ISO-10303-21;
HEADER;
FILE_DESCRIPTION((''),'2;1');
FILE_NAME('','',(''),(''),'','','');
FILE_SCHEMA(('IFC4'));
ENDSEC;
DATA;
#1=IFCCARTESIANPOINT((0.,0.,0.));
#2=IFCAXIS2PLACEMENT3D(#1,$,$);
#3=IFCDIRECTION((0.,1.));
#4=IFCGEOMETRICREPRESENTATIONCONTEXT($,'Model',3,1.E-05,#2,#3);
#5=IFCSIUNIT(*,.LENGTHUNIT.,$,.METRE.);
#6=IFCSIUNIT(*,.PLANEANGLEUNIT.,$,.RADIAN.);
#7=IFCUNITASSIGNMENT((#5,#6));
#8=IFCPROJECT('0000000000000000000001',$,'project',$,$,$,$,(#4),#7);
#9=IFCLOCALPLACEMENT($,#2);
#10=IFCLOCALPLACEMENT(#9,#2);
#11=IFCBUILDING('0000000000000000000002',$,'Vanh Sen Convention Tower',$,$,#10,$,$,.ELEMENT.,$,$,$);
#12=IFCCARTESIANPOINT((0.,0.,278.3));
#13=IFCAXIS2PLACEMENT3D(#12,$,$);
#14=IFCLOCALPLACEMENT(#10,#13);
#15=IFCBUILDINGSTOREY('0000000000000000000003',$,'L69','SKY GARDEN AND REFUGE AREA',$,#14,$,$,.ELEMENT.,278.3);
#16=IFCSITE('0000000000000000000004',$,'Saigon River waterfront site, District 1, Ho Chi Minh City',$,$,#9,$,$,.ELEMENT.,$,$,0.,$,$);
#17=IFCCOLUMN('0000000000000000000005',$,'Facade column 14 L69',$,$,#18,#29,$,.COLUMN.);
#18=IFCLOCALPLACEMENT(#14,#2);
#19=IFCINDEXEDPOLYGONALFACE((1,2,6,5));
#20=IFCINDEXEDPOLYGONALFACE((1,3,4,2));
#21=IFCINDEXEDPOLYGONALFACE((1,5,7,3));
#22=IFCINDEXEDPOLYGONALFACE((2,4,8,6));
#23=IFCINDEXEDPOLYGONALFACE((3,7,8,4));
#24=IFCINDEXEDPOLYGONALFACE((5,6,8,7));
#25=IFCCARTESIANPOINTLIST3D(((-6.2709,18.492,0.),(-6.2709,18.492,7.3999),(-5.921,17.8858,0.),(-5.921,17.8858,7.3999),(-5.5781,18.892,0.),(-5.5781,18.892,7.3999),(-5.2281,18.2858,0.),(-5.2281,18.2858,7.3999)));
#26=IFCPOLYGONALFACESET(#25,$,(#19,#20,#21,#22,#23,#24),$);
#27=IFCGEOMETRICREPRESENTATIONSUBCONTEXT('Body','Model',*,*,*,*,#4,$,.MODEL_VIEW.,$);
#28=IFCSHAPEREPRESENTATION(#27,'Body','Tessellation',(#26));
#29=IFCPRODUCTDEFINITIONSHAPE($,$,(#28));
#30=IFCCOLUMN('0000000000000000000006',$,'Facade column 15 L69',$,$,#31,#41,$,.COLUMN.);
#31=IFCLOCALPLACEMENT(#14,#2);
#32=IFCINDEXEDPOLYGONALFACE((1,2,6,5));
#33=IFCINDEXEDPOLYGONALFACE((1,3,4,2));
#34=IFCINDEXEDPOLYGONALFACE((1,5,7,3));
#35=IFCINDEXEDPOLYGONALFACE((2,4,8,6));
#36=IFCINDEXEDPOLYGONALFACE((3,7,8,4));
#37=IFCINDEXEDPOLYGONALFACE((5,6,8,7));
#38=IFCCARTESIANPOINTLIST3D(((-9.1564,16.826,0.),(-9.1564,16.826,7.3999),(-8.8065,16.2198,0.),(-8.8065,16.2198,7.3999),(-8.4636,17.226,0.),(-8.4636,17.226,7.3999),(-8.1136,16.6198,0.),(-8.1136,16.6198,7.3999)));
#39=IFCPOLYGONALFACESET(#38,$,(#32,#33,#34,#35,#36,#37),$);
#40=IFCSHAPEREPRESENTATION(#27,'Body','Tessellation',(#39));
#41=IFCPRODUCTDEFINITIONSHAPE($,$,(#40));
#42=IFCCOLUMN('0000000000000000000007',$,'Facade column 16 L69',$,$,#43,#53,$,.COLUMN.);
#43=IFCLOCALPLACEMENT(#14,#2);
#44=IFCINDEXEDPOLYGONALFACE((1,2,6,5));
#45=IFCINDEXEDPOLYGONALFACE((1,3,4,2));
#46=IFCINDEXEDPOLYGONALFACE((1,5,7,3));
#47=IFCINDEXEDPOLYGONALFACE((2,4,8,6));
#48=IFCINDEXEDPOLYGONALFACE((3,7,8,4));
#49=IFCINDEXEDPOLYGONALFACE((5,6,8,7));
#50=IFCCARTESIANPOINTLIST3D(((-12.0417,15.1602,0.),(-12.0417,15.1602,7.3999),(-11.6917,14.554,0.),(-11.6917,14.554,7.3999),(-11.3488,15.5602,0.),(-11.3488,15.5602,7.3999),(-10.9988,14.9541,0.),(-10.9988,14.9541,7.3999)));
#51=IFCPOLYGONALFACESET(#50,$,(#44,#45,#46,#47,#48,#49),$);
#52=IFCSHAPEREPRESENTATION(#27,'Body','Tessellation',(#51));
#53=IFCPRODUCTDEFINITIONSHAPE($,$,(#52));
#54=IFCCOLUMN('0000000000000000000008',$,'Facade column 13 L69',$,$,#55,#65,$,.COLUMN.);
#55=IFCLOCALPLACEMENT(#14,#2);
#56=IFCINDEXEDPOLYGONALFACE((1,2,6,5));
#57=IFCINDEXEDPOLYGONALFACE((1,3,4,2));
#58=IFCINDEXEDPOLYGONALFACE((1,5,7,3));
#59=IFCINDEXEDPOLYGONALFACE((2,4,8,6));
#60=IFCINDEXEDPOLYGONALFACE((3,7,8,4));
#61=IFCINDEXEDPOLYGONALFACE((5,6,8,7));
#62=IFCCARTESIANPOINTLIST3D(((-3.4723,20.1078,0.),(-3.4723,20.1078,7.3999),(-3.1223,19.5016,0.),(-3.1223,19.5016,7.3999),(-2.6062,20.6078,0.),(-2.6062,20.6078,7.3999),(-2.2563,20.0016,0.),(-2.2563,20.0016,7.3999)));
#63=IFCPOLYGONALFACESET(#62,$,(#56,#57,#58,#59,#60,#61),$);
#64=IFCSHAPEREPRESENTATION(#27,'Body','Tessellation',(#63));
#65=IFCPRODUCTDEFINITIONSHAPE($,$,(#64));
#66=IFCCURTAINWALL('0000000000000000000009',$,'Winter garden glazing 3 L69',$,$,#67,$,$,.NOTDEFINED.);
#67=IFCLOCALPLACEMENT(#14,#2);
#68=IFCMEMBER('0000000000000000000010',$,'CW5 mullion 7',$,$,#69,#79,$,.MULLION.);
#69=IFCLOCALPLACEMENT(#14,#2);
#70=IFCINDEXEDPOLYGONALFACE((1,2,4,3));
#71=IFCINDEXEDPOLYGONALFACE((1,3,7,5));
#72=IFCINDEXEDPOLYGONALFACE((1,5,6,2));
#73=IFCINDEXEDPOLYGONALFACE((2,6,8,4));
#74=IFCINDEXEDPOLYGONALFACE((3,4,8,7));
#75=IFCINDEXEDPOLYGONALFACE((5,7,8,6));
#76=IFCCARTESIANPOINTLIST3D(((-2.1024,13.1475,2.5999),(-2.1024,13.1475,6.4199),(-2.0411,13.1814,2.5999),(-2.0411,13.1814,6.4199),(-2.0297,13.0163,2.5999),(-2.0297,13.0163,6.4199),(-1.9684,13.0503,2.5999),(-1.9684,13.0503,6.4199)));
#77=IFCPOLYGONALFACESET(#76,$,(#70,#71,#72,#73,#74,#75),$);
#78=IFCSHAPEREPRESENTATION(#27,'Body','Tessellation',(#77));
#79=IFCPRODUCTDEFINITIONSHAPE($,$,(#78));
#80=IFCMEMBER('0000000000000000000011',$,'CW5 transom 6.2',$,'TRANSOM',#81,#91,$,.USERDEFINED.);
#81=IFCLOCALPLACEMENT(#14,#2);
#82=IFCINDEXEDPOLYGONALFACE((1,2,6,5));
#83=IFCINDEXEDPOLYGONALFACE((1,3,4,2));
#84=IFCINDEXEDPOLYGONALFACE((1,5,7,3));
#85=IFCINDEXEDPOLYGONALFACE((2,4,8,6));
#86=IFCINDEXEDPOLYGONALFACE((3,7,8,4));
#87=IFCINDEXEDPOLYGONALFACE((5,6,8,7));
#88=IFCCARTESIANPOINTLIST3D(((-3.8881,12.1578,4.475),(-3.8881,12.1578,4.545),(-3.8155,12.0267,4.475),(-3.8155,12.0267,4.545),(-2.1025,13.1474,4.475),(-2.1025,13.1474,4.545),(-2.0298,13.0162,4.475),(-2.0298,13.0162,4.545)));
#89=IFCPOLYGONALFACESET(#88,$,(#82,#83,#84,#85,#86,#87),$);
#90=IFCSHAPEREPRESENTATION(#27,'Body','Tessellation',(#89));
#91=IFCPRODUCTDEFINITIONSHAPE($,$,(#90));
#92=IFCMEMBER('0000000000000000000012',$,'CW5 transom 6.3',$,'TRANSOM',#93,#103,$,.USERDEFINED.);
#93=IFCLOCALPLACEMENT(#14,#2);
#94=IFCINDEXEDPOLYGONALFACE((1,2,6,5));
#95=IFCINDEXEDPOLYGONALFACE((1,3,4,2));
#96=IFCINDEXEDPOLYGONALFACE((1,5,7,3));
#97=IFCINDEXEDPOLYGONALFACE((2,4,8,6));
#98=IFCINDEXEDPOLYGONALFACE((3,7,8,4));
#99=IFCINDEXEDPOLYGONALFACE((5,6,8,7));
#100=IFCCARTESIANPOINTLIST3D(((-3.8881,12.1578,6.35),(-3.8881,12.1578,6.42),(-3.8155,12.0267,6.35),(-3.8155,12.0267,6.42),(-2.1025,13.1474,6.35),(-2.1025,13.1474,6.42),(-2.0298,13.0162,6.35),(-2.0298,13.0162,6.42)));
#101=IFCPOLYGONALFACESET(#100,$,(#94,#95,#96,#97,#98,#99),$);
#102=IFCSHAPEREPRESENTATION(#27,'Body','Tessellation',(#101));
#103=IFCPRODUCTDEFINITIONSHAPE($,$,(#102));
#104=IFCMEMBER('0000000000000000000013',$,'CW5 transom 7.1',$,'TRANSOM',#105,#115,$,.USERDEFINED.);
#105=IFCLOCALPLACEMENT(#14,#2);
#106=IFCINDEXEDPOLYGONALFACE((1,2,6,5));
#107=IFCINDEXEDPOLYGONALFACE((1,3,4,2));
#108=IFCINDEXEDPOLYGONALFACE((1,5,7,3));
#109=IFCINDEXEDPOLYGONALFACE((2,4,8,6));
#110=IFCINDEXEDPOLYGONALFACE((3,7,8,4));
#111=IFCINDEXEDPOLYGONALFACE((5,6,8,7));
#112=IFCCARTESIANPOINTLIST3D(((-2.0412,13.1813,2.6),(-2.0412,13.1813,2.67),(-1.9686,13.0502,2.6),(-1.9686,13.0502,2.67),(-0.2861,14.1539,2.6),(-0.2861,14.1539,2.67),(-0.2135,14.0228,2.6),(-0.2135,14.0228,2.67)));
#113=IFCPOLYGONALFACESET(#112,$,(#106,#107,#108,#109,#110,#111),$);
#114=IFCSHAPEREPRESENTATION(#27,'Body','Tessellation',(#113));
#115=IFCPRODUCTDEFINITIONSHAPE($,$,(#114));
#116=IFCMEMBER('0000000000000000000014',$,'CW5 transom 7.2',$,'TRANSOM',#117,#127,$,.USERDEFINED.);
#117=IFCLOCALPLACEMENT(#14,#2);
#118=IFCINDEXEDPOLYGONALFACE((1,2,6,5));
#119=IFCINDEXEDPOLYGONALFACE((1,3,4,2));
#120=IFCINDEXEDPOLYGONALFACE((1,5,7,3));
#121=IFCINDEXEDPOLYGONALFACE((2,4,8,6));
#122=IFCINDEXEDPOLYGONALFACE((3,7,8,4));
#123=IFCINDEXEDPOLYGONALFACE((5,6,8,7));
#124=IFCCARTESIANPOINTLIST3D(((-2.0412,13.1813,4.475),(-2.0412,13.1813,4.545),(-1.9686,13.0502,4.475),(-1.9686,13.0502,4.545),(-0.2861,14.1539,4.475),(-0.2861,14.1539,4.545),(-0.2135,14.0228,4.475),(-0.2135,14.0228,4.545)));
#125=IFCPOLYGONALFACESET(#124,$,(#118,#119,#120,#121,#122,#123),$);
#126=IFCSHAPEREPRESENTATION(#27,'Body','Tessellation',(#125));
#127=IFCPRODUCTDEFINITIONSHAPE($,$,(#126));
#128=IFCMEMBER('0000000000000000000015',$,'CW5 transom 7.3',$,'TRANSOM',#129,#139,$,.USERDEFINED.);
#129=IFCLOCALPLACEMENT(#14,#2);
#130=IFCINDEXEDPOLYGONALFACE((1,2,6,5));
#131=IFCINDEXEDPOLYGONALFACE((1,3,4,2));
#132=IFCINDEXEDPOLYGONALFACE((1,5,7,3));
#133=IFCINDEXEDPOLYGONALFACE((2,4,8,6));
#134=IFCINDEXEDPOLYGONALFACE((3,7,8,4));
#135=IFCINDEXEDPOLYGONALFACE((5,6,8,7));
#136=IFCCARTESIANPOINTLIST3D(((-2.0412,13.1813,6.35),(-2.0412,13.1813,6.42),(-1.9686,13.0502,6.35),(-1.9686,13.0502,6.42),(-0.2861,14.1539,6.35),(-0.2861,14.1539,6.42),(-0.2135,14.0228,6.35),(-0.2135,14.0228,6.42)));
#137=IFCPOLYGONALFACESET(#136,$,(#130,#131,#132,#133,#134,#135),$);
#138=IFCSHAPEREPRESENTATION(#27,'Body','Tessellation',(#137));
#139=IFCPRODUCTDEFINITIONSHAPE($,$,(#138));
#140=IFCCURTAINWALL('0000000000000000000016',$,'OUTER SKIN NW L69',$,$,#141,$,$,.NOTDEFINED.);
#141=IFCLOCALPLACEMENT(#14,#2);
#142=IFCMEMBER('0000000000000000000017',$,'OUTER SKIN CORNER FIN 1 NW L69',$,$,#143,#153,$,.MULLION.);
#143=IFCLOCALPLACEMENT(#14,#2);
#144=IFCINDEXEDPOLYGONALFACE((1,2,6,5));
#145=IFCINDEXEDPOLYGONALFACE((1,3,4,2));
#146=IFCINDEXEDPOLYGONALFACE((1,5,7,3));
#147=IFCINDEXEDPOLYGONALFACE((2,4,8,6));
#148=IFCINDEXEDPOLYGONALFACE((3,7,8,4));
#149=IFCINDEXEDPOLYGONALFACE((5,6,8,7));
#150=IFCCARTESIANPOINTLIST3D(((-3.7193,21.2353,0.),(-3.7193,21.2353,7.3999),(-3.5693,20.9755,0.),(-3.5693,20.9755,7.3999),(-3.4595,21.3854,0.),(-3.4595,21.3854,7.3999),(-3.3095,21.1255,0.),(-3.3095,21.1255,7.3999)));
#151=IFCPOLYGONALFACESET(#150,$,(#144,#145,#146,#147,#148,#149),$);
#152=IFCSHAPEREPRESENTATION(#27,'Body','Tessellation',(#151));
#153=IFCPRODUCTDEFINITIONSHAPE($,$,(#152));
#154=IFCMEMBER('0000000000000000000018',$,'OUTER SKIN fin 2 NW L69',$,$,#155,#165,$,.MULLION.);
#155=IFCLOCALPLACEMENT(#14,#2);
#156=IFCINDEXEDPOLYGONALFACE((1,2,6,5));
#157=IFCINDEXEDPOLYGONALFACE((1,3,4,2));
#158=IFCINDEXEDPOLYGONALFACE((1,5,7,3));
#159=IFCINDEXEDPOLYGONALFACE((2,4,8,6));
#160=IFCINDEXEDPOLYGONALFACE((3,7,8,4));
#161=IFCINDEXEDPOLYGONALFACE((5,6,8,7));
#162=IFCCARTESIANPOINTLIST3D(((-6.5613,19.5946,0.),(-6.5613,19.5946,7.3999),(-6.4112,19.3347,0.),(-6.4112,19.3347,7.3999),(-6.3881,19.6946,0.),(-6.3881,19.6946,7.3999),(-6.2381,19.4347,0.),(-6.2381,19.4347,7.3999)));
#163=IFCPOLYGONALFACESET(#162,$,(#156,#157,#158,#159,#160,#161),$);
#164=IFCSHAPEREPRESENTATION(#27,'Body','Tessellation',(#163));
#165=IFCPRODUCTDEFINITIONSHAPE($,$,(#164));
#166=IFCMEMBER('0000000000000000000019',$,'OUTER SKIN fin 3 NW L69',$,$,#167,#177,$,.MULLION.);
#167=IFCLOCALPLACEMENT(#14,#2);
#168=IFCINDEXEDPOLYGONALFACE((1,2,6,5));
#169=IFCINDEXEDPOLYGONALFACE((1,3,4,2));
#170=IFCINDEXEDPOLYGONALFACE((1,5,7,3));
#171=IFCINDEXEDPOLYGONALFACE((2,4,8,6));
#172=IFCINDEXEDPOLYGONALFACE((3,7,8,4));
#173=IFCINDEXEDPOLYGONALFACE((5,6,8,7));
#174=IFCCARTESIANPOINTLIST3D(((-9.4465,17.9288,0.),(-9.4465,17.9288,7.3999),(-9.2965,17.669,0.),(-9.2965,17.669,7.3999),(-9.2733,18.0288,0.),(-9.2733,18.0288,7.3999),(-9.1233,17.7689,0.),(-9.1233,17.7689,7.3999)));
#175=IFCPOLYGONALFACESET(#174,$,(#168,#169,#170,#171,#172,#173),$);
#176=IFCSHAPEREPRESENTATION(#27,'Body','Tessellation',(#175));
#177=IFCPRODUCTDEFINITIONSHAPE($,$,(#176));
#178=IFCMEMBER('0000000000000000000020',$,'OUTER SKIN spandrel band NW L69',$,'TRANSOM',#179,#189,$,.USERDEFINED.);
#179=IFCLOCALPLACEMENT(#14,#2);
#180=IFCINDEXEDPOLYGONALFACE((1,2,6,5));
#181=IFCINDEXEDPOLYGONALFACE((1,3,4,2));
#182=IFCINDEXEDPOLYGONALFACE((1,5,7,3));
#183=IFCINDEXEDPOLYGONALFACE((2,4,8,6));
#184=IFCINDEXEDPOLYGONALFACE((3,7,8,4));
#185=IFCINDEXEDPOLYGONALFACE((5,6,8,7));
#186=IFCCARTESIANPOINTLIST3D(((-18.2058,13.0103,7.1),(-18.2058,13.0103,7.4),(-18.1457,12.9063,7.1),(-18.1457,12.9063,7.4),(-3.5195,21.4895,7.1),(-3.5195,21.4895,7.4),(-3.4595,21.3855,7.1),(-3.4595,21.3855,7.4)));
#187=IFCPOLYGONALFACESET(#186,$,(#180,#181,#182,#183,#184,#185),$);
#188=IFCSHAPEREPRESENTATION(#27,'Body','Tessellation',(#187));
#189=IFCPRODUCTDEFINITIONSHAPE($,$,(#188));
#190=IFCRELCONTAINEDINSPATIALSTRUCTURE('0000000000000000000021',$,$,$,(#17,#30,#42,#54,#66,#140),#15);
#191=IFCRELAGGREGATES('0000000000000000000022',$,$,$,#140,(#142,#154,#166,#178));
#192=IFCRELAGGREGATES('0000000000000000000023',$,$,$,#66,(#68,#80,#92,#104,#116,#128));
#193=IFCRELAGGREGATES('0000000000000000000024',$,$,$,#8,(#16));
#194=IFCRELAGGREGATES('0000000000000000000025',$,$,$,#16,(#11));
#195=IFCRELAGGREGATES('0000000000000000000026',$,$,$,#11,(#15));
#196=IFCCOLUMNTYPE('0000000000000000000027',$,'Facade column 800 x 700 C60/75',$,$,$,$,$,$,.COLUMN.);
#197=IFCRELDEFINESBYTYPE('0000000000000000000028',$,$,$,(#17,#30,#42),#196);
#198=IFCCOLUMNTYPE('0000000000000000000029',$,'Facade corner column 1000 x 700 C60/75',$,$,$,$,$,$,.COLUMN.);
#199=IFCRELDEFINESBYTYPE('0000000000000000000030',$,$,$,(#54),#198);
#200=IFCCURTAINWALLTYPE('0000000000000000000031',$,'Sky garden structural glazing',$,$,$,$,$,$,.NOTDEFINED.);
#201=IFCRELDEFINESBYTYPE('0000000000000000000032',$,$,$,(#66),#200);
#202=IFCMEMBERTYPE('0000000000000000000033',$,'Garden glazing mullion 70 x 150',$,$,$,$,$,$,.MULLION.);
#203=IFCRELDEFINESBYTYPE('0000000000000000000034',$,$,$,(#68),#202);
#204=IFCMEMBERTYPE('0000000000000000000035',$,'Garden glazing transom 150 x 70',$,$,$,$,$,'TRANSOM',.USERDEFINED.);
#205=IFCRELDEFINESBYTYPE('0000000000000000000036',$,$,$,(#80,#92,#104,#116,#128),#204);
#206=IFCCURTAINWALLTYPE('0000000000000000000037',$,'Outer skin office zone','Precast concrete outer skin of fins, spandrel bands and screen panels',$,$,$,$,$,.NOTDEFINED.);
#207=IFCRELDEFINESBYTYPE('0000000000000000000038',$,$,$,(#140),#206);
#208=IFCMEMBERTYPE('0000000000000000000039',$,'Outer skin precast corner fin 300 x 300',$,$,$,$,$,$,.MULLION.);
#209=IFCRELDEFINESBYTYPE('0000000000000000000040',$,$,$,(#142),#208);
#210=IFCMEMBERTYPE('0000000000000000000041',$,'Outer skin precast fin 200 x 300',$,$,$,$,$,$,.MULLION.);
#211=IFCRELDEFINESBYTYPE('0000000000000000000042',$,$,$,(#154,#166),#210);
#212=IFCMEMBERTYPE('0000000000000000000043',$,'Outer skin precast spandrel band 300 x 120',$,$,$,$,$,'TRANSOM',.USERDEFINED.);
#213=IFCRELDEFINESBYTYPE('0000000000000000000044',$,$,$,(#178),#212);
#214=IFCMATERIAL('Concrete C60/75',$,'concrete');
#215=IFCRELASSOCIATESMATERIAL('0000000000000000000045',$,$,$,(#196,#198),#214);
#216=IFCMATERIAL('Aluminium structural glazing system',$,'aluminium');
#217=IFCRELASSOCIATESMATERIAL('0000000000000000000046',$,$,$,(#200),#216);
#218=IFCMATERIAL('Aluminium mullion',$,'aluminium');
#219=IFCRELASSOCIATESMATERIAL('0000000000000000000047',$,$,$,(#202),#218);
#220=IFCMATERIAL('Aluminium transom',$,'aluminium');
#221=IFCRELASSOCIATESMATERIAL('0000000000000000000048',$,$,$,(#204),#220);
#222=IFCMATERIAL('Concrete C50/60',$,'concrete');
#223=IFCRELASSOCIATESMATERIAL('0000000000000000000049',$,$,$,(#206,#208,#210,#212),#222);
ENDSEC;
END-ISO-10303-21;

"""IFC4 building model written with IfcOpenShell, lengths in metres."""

from ifc_helpers import new_model, si_unit, direction, frame, origin, origin_2d, place, context, subcontext, project, spatial, rectangle, extrude, material, material_profile, profile_set, type_object, element, aggregate, save


model = new_model("IFC4")

# Units and contexts
model_context = context("Model", 3, precision=1e-05, world=origin(), true_north=direction((0.0, 1.0)))
body_context = subcontext(model_context, "Body", "Model", "MODEL_VIEW")
ifc_project = project(units=[si_unit("LENGTHUNIT", "METRE"), si_unit("PLANEANGLEUNIT", "RADIAN")], contexts=[model_context])

# Site, building, storey
site_placement = place(None, origin())
site = spatial("IfcSite", under=ifc_project, at=site_placement, Name="Saigon River waterfront site, District 1, Ho Chi Minh City", CompositionType="ELEMENT", RefElevation=0.0)
building_placement = place(site_placement, origin())
building = spatial("IfcBuilding", under=site, at=building_placement, Name="Vanh Sen Convention Tower", CompositionType="ELEMENT")
storey_placement = place(building_placement, frame((0.0, 0.0, 278.3)))
storey = spatial("IfcBuildingStorey", under=building, at=storey_placement, Name="L69", Description="SKY GARDEN AND REFUGE AREA", CompositionType="ELEMENT", Elevation=278.3)

# Columns
ifc_material_1 = material(Name="Concrete C60/75", Category="concrete")
ifc_material_profile_1 = material_profile(ifc_material_1, rectangle(XDim=0.8, YDim=0.7, at=origin_2d()), Name="RC 800X700")
ifc_profile_set_1 = profile_set([ifc_material_profile_1], Name="Concrete C60/75")
column_type_1 = type_object("IfcColumnType", Name="Facade column 800 x 700 C60/75", PredefinedType="COLUMN", material=ifc_profile_set_1)
for number, where, z_axis, x_axis, name in (
    (1, (-5.7495, 18.3889, 0.0), (0.0, 0.0, 1.0), (-0.866025, -0.5, 0.0), "Facade column 14 L69"),
    (2, (-8.635, 16.7229, 0.0), (0.0, 0.0, 1.0), (-0.866025, -0.5, 0.0), "Facade column 15 L69"),
    (3, (-11.5203, 15.0571, 0.0), (0.0, 0.0, 1.0), (-0.866025, -0.5, 0.0), "Facade column 16 L69"),
):
    element("IfcColumn", number, at=place(storey_placement, frame(where, z_axis=z_axis, x_axis=x_axis)), inside=storey, type_object=column_type_1, Name=name, PredefinedType="COLUMN", context=body_context, shape_type="SweptSolid", body=[
        extrude(rectangle(XDim=0.8, YDim=0.7, at=origin_2d()), origin(), (0.0, 0.0, 1.0), 7.3999),
    ])
ifc_material_profile_2 = material_profile(ifc_material_1, rectangle(XDim=1.0, YDim=0.7, at=origin_2d()), Name="RC 1000X700")
ifc_profile_set_2 = profile_set([ifc_material_profile_2], Name="Concrete C60/75")
column_type_2 = type_object("IfcColumnType", Name="Facade corner column 1000 x 700 C60/75", PredefinedType="COLUMN", material=ifc_profile_set_2)
column_placement = place(storey_placement, frame((-2.8643, 20.0547, 0.0), z_axis=(0.0, 0.0, 1.0), x_axis=(-0.866025, -0.5, 0.0)))
element("IfcColumn", 4, at=column_placement, inside=storey, type_object=column_type_2, Name="Facade column 13 L69", PredefinedType="COLUMN", context=body_context, shape_type="SweptSolid", body=[
    extrude(rectangle(XDim=1.0, YDim=0.7, at=origin_2d()), origin(), (0.0, 0.0, 1.0), 7.3999),
])

# Curtain walls, members
ifc_material_2 = material(Name="Aluminium structural glazing system", Category="aluminium")
curtain_wall_type_1 = type_object("IfcCurtainWallType", Name="Sky garden structural glazing", PredefinedType="NOTDEFINED", material=ifc_material_2)
curtain_wall_1_placement = place(storey_placement, origin())
curtain_wall_1 = element("IfcCurtainWall", 5, at=curtain_wall_1_placement, inside=storey, type_object=curtain_wall_type_1, Name="Winter garden glazing 3 L69", PredefinedType="NOTDEFINED")
ifc_material_3 = material(Name="Aluminium mullion", Category="aluminium")
ifc_material_profile_3 = material_profile(ifc_material_3, rectangle(XDim=0.1499, YDim=0.0701, at=origin_2d()), Name="Garden glazing mullion 70 x 150")
ifc_profile_set_3 = profile_set([ifc_material_profile_3], Name="Aluminium mullion")
member_type_1 = type_object("IfcMemberType", Name="Garden glazing mullion 70 x 150", PredefinedType="MULLION", material=ifc_profile_set_3)
member_1_placement = place(storey_placement, frame((-2.0354, 13.0989, 2.5999), z_axis=(0.0, 0.0, 1.0), x_axis=(-0.484739, 0.874659, 0.0)))
member_1 = element("IfcMember", 6, at=member_1_placement, type_object=member_type_1, Name="CW5 mullion 7", PredefinedType="MULLION", context=body_context, shape_type="SweptSolid", body=[
    extrude(rectangle(XDim=0.1499, YDim=0.0701, at=origin_2d()), origin(), (0.0, 0.0, 1.0), 3.8201),
])
ifc_material_4 = material(Name="Aluminium transom", Category="aluminium")
ifc_material_profile_4 = material_profile(ifc_material_4, rectangle(XDim=0.1499, YDim=0.0701, at=origin_2d()), Name="Garden glazing transom 150 x 70")
ifc_profile_set_4 = profile_set([ifc_material_profile_4], Name="Aluminium transom")
member_type_2 = type_object("IfcMemberType", Name="Garden glazing transom 150 x 70", ElementType="TRANSOM", PredefinedType="USERDEFINED", material=ifc_profile_set_4)
member_2_placement = place(storey_placement, frame((-3.8518, 12.0923, 4.51), z_axis=(0.874681, 0.484698, 0.0), x_axis=(-0.484698, 0.874681, 0.0)))
member_2 = element("IfcMember", 7, at=member_2_placement, type_object=member_type_2, Name="CW5 transom 6.2", ObjectType="TRANSOM", PredefinedType="USERDEFINED", context=body_context, shape_type="SweptSolid", body=[
    extrude(rectangle(XDim=0.1499, YDim=0.0701, at=origin_2d()), origin(), (0.0, 0.0, 1.0), 2.0415),
])
member_3_placement = place(storey_placement, frame((-3.8518, 12.0923, 6.385), z_axis=(0.874681, 0.484698, 0.0), x_axis=(-0.484698, 0.874681, 0.0)))
member_3 = element("IfcMember", 8, at=member_3_placement, type_object=member_type_2, Name="CW5 transom 6.3", ObjectType="TRANSOM", PredefinedType="USERDEFINED", context=body_context, shape_type="SweptSolid", body=[
    extrude(rectangle(XDim=0.1499, YDim=0.0701, at=origin_2d()), origin(), (0.0, 0.0, 1.0), 2.0415),
])
member_4_placement = place(storey_placement, frame((-2.0049, 13.1157, 2.635), z_axis=(0.874668, 0.484723, 0.0), x_axis=(-0.484723, 0.874668, 0.0)))
member_4 = element("IfcMember", 9, at=member_4_placement, type_object=member_type_2, Name="CW5 transom 7.1", ObjectType="TRANSOM", PredefinedType="USERDEFINED", context=body_context, shape_type="SweptSolid", body=[
    extrude(rectangle(XDim=0.1499, YDim=0.0701, at=origin_2d()), origin(), (0.0, 0.0, 1.0), 2.0066),
])
member_5_placement = place(storey_placement, frame((-2.0049, 13.1157, 4.51), z_axis=(0.874668, 0.484723, 0.0), x_axis=(-0.484723, 0.874668, 0.0)))
member_5 = element("IfcMember", 10, at=member_5_placement, type_object=member_type_2, Name="CW5 transom 7.2", ObjectType="TRANSOM", PredefinedType="USERDEFINED", context=body_context, shape_type="SweptSolid", body=[
    extrude(rectangle(XDim=0.1499, YDim=0.0701, at=origin_2d()), origin(), (0.0, 0.0, 1.0), 2.0066),
])
member_6_placement = place(storey_placement, frame((-2.0049, 13.1157, 6.385), z_axis=(0.874668, 0.484723, 0.0), x_axis=(-0.484723, 0.874668, 0.0)))
member_6 = element("IfcMember", 11, at=member_6_placement, type_object=member_type_2, Name="CW5 transom 7.3", ObjectType="TRANSOM", PredefinedType="USERDEFINED", context=body_context, shape_type="SweptSolid", body=[
    extrude(rectangle(XDim=0.1499, YDim=0.0701, at=origin_2d()), origin(), (0.0, 0.0, 1.0), 2.0066),
])
ifc_material_5 = material(Name="Concrete C50/60", Category="concrete")
curtain_wall_type_2 = type_object("IfcCurtainWallType", Name="Outer skin office zone", Description="Precast concrete outer skin of fins, spandrel bands and screen panels", PredefinedType="NOTDEFINED", material=ifc_material_5)
curtain_wall_2_placement = place(storey_placement, origin())
curtain_wall_2 = element("IfcCurtainWall", 12, at=curtain_wall_2_placement, inside=storey, type_object=curtain_wall_type_2, Name="OUTER SKIN NW L69", PredefinedType="NOTDEFINED")
ifc_material_profile_5 = material_profile(ifc_material_5, rectangle(XDim=0.3, YDim=0.3, at=origin_2d()), Name="Outer skin precast corner fin 300 x 300")
ifc_profile_set_5 = profile_set([ifc_material_profile_5], Name="Concrete C50/60")
member_type_3 = type_object("IfcMemberType", Name="Outer skin precast corner fin 300 x 300", PredefinedType="MULLION", material=ifc_profile_set_5)
member_7_placement = place(storey_placement, frame((-3.5144, 21.1804, 0.0), z_axis=(0.0, 0.0, 1.0), x_axis=(-0.866025, -0.5, 0.0)))
member_7 = element("IfcMember", 13, at=member_7_placement, type_object=member_type_3, Name="OUTER SKIN CORNER FIN 1 NW L69", PredefinedType="MULLION", context=body_context, shape_type="SweptSolid", body=[
    extrude(rectangle(XDim=0.3, YDim=0.3, at=origin_2d()), origin(), (0.0, 0.0, 1.0), 7.3999),
])
ifc_material_profile_6 = material_profile(ifc_material_5, rectangle(XDim=0.2, YDim=0.3, at=origin_2d()), Name="Outer skin precast fin 200 x 300")
ifc_profile_set_6 = profile_set([ifc_material_profile_6], Name="Concrete C50/60")
member_type_4 = type_object("IfcMemberType", Name="Outer skin precast fin 200 x 300", PredefinedType="MULLION", material=ifc_profile_set_6)
member_8_placement = place(storey_placement, frame((-6.3997, 19.5146, 0.0), z_axis=(0.0, 0.0, 1.0), x_axis=(-0.866025, -0.5, 0.0)))
member_8 = element("IfcMember", 14, at=member_8_placement, type_object=member_type_4, Name="OUTER SKIN fin 2 NW L69", PredefinedType="MULLION", context=body_context, shape_type="SweptSolid", body=[
    extrude(rectangle(XDim=0.2, YDim=0.3, at=origin_2d()), origin(), (0.0, 0.0, 1.0), 7.3999),
])
member_9_placement = place(storey_placement, frame((-9.2849, 17.8489, 0.0), z_axis=(0.0, 0.0, 1.0), x_axis=(-0.866025, -0.5, 0.0)))
member_9 = element("IfcMember", 15, at=member_9_placement, type_object=member_type_4, Name="OUTER SKIN fin 3 NW L69", PredefinedType="MULLION", context=body_context, shape_type="SweptSolid", body=[
    extrude(rectangle(XDim=0.2, YDim=0.3, at=origin_2d()), origin(), (0.0, 0.0, 1.0), 7.3999),
])
ifc_material_profile_7 = material_profile(ifc_material_5, rectangle(XDim=0.1201, YDim=0.3, at=origin_2d()), Name="Outer skin precast spandrel band 300 x 120")
ifc_profile_set_7 = profile_set([ifc_material_profile_7], Name="Concrete C50/60")
member_type_5 = type_object("IfcMemberType", Name="Outer skin precast spandrel band 300 x 120", ElementType="TRANSOM", PredefinedType="USERDEFINED", material=ifc_profile_set_7)
member_10_placement = place(storey_placement, frame((-3.4895, 21.4375, 7.25), z_axis=(-0.866022, -0.500005, 0.0), x_axis=(0.500005, -0.866022, 0.0)))
member_10 = element("IfcMember", 16, at=member_10_placement, type_object=member_type_5, Name="OUTER SKIN spandrel band NW L69", ObjectType="TRANSOM", PredefinedType="USERDEFINED", context=body_context, shape_type="SweptSolid", body=[
    extrude(rectangle(XDim=0.1201, YDim=0.3, at=origin_2d()), origin(), (0.0, 0.0, 1.0), 16.9583),
])
aggregate(curtain_wall_2, [member_7, member_8, member_9, member_10])

aggregate(curtain_wall_1, [member_1, member_2, member_3, member_4, member_5, member_6])

save(model, "model.ifc")
